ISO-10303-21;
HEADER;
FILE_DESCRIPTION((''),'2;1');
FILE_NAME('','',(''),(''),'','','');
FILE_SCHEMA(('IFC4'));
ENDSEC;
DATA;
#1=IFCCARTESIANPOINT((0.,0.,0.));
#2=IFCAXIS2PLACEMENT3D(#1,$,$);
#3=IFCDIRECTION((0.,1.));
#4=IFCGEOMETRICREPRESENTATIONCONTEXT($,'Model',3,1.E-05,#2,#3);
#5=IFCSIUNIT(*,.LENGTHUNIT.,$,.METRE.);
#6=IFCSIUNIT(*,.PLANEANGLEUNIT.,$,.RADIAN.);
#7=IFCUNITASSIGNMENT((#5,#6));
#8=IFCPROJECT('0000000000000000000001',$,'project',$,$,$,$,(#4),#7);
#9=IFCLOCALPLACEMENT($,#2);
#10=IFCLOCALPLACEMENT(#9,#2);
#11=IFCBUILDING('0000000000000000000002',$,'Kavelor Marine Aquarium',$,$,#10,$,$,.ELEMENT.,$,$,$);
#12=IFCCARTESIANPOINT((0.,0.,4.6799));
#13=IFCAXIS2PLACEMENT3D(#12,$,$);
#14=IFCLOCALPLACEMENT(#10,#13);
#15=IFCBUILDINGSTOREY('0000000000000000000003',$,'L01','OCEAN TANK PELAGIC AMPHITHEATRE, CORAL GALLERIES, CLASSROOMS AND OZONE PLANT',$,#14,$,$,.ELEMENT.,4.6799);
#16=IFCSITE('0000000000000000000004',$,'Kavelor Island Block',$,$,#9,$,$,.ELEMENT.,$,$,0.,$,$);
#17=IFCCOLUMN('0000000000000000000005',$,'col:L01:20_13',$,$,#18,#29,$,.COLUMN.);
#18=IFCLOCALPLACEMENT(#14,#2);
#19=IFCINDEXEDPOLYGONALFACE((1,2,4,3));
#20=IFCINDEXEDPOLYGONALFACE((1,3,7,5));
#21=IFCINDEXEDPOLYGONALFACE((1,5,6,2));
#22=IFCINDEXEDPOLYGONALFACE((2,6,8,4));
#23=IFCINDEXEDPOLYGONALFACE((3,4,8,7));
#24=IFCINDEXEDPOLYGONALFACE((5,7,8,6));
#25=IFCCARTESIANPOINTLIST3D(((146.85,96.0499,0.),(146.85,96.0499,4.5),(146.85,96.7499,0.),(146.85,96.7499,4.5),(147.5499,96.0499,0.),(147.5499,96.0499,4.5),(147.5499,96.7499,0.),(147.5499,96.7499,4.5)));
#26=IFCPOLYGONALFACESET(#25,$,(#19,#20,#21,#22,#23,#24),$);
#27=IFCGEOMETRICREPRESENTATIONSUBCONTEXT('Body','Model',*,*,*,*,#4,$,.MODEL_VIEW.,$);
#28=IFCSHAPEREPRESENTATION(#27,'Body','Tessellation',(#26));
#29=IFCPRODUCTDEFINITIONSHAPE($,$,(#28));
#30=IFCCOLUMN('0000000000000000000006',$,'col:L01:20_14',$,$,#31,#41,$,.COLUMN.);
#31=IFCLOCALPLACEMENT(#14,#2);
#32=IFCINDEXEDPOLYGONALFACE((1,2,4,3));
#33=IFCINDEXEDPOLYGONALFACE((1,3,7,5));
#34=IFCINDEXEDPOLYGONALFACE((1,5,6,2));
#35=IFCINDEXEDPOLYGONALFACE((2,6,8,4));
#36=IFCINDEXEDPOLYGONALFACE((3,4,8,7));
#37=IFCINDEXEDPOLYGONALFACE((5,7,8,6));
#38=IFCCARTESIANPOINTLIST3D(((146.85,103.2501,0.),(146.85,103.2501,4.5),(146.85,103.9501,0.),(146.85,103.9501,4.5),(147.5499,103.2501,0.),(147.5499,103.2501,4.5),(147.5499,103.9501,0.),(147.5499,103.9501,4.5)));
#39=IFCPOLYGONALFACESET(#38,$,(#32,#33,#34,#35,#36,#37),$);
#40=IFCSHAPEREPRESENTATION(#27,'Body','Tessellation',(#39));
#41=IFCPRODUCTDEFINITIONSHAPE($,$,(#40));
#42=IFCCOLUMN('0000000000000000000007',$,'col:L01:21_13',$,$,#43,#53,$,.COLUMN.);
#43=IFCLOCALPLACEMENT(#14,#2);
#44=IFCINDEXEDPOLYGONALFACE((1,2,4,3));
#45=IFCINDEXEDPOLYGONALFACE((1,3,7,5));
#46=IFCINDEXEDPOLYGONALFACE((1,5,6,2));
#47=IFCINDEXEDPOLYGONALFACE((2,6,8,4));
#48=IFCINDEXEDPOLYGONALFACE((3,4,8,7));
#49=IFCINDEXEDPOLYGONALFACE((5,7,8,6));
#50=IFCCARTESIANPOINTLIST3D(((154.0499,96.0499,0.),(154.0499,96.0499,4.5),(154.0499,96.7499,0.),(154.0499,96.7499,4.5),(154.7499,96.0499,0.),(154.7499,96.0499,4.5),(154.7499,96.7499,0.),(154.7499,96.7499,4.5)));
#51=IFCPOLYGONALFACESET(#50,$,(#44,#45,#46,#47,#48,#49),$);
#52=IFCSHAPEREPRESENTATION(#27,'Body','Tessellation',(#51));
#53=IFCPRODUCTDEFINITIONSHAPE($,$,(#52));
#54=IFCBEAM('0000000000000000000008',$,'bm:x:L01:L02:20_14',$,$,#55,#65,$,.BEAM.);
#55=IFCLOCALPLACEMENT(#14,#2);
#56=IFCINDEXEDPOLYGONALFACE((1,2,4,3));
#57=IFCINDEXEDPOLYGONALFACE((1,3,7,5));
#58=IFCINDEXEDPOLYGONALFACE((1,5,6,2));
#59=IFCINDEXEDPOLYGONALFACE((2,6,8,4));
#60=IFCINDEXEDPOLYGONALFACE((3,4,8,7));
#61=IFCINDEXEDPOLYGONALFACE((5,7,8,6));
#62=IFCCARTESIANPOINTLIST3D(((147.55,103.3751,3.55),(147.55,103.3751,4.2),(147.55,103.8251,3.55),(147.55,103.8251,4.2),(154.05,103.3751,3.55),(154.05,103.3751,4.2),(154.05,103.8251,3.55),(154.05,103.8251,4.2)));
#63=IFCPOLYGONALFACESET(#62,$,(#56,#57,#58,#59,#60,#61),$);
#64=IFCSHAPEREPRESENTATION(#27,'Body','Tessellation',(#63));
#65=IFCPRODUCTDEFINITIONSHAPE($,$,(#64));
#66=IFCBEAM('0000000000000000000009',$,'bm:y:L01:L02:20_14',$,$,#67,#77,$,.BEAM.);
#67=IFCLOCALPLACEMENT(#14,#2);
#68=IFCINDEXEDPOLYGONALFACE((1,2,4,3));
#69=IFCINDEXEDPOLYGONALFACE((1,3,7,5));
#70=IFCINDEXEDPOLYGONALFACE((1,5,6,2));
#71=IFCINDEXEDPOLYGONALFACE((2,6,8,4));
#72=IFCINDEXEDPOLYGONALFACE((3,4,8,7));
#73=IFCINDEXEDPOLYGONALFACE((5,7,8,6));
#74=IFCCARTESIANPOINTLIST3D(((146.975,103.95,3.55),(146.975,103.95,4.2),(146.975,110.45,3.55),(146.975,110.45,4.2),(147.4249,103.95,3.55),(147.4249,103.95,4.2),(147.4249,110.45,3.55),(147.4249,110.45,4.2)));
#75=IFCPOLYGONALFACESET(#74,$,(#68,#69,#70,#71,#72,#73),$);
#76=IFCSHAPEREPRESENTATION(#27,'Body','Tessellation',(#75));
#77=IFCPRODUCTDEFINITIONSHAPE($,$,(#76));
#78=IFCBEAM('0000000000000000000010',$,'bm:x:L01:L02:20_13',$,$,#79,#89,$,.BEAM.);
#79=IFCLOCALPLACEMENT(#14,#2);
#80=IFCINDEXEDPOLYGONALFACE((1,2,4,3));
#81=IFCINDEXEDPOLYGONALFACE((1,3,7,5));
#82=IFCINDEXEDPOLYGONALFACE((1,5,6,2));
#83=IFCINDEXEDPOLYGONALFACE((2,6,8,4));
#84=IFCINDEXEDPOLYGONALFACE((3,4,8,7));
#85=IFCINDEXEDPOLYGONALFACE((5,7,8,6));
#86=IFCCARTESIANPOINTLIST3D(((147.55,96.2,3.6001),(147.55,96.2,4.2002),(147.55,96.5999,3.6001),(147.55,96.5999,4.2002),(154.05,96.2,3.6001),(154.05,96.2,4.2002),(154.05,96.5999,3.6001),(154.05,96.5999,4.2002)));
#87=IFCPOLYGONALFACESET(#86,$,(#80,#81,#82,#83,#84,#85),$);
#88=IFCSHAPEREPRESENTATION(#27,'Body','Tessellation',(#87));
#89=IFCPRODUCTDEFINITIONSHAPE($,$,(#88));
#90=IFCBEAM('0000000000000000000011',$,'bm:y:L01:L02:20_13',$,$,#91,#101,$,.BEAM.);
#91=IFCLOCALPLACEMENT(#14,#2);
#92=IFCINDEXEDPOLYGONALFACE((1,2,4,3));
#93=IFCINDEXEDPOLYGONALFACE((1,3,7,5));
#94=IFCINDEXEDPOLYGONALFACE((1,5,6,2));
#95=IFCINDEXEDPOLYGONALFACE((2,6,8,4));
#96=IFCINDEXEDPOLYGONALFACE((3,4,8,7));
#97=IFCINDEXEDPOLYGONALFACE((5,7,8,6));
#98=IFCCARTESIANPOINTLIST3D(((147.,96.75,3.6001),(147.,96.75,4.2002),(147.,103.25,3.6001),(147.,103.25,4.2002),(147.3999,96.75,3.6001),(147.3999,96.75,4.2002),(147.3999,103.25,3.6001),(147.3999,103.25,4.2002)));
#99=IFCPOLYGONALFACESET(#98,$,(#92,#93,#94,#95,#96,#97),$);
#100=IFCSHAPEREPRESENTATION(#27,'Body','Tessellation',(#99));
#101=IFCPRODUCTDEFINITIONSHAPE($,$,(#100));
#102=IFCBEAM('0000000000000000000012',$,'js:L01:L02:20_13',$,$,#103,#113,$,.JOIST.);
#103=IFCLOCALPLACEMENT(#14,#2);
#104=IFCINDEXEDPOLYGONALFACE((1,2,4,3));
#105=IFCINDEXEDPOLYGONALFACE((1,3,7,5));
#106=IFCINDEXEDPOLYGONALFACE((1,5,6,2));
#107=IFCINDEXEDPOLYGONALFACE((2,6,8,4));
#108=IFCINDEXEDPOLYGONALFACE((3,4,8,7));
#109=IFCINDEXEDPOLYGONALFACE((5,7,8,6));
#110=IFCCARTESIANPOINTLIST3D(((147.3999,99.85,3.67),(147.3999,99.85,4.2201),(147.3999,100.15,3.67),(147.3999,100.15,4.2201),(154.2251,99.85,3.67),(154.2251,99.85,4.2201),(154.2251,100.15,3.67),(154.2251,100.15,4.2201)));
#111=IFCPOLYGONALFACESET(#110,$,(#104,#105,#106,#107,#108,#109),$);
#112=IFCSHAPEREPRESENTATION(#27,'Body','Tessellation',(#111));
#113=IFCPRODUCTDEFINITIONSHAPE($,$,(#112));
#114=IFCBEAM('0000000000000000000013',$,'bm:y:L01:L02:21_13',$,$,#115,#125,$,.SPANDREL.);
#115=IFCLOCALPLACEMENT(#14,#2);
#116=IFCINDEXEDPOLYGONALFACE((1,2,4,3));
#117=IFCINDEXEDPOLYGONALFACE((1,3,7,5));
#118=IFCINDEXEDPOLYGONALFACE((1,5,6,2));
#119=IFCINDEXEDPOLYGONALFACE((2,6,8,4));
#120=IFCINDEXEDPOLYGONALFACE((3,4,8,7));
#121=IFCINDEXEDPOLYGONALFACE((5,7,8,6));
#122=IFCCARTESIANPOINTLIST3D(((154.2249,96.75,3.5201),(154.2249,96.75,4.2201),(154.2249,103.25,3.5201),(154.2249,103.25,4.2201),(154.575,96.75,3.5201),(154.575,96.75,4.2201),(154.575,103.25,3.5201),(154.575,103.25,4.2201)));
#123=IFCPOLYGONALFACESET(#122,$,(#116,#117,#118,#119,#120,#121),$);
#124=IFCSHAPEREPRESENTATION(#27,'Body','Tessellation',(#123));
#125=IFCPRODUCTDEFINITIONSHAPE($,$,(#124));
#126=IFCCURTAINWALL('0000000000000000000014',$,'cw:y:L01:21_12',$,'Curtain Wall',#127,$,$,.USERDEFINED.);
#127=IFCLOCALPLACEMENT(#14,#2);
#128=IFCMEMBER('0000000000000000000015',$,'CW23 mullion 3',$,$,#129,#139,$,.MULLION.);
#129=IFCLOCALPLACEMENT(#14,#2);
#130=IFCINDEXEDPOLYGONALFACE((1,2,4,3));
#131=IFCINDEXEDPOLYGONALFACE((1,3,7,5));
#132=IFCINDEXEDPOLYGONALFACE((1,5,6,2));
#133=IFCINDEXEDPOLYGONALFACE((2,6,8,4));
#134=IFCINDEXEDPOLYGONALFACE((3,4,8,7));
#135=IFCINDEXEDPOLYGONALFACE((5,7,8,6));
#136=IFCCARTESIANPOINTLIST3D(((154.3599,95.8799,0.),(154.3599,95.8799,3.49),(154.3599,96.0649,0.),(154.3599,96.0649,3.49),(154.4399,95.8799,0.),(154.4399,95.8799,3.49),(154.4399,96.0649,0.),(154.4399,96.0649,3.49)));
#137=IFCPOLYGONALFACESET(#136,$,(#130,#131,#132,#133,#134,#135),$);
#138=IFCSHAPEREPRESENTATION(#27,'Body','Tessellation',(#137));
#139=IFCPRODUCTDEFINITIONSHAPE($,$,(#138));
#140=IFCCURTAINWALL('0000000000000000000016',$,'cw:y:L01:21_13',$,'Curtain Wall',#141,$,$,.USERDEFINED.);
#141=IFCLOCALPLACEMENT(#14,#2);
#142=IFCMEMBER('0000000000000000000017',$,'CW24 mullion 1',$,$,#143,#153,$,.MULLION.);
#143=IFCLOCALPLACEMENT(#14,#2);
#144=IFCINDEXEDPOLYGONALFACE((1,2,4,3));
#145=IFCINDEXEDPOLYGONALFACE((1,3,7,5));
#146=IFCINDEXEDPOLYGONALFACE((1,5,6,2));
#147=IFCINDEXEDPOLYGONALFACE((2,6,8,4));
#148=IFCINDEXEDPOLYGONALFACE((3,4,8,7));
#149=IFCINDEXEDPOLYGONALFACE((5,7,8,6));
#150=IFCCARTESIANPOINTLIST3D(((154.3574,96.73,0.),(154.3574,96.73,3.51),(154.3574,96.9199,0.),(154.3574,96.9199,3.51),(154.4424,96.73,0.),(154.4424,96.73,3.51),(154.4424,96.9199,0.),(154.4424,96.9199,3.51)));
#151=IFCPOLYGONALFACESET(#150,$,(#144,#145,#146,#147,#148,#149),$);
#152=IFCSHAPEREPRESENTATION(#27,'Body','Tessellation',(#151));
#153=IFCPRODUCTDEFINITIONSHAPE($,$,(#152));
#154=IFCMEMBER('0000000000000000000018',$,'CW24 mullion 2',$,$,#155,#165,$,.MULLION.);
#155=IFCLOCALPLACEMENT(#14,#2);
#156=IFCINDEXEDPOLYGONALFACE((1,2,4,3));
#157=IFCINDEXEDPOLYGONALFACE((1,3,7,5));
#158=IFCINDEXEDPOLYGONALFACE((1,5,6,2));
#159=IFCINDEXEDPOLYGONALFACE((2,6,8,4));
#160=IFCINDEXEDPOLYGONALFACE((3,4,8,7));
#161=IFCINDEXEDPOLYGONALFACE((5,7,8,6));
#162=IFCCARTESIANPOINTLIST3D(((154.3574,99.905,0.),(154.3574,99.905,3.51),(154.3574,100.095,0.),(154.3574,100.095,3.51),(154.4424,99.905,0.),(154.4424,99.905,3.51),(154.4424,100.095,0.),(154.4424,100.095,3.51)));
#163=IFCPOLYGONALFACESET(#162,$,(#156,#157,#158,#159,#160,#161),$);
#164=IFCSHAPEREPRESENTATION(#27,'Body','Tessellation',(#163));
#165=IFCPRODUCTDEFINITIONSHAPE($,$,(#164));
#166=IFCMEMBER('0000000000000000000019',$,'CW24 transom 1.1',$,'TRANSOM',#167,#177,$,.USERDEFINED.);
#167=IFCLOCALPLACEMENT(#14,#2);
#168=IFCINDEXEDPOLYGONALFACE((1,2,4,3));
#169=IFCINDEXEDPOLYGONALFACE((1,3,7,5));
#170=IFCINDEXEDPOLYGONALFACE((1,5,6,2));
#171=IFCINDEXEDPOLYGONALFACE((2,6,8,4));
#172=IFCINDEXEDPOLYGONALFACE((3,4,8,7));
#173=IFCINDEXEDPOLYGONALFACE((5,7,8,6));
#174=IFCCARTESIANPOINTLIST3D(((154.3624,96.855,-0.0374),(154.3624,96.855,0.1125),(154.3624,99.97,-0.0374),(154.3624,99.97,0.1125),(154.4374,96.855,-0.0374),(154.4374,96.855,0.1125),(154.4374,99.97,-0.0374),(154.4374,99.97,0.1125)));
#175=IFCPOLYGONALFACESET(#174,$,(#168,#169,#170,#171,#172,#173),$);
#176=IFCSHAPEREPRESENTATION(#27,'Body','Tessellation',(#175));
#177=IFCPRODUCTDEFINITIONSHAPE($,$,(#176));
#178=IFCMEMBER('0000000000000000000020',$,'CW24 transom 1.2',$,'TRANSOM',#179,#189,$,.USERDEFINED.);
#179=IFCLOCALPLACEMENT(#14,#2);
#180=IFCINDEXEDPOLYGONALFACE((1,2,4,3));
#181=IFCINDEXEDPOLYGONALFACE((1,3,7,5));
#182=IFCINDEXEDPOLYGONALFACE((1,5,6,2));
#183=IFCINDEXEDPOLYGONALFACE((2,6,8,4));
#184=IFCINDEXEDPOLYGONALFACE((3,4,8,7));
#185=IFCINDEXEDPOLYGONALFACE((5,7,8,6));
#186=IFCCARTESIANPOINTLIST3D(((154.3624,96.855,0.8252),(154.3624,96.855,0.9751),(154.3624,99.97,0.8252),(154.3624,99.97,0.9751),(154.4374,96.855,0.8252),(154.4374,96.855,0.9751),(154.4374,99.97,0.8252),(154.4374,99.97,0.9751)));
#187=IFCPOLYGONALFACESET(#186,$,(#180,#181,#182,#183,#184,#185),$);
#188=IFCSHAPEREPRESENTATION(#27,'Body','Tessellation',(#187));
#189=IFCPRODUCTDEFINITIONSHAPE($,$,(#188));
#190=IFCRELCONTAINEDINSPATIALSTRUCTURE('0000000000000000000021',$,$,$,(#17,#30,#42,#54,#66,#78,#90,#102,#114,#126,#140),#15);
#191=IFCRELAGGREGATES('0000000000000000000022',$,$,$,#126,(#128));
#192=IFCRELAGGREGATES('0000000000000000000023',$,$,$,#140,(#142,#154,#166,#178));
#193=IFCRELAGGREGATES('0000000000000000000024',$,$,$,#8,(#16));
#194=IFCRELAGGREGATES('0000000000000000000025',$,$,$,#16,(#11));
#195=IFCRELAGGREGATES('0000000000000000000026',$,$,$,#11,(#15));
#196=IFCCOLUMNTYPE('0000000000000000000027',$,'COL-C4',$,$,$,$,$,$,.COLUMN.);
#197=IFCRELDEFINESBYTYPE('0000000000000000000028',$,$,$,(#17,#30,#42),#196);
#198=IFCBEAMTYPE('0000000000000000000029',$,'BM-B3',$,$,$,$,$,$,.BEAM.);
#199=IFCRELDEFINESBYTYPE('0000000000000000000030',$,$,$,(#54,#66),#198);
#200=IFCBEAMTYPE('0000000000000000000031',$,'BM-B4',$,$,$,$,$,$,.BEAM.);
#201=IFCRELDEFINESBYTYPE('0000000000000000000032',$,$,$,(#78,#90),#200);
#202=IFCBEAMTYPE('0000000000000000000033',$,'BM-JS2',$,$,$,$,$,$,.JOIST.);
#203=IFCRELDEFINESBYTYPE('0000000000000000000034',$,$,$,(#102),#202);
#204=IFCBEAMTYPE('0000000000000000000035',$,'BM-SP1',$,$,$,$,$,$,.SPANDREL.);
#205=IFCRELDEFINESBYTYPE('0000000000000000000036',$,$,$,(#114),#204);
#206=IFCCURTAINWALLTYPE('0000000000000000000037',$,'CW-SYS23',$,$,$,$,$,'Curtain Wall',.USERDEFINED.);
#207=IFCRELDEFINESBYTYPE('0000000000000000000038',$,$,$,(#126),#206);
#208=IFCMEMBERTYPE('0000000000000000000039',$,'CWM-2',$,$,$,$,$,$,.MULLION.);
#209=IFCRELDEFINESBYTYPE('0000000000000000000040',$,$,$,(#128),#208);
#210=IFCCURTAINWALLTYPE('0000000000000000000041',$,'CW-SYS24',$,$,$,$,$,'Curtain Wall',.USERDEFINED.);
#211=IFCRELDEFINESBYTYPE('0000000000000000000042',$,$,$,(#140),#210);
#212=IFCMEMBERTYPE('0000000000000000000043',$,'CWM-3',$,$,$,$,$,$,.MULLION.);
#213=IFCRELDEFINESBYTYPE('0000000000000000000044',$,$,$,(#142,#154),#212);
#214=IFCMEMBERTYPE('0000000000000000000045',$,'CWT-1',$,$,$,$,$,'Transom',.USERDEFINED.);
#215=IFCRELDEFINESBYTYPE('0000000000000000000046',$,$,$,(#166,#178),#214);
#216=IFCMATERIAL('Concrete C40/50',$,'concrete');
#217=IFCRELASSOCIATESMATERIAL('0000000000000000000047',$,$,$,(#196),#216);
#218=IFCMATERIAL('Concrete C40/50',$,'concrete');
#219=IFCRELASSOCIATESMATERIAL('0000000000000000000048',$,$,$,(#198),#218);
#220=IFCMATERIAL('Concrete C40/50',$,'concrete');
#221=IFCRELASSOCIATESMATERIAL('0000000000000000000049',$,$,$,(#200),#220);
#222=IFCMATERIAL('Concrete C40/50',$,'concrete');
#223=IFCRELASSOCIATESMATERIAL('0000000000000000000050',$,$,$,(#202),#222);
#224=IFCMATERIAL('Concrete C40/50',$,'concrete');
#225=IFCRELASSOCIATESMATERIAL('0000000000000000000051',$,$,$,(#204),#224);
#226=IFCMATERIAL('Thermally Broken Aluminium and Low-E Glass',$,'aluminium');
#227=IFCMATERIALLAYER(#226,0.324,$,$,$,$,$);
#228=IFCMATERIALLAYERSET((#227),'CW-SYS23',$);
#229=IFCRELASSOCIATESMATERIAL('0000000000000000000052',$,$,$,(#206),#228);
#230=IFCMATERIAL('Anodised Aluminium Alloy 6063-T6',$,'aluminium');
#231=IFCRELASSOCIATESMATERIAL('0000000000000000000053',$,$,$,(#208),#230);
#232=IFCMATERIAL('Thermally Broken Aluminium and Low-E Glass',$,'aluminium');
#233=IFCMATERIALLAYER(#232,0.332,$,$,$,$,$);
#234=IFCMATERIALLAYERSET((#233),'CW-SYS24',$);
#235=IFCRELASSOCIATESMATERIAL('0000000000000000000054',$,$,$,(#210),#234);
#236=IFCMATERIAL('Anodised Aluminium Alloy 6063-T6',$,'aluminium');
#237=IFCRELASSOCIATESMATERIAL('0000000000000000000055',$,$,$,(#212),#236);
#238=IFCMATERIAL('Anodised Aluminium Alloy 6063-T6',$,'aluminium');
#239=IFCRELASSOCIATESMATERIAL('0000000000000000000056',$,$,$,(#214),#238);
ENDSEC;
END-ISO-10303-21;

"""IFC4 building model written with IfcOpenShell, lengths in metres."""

from ifc_helpers import new_model, si_unit, direction, frame, origin, origin_2d, place, context, subcontext, project, spatial, rectangle, extrude, material, layer, layer_set, material_profile, profile_set, type_object, element, aggregate, save


model = new_model("IFC4")

# Units and contexts
model_context = context("Model", 3, precision=1e-05, world=origin(), true_north=direction((0.0, 1.0)))
body_context = subcontext(model_context, "Body", "Model", "MODEL_VIEW")
ifc_project = project(units=[si_unit("LENGTHUNIT", "METRE"), si_unit("PLANEANGLEUNIT", "RADIAN")], contexts=[model_context])

# Site, building, storey
site_placement = place(None, origin())
site = spatial("IfcSite", under=ifc_project, at=site_placement, Name="Kavelor Island Block", CompositionType="ELEMENT", RefElevation=0.0)
building_placement = place(site_placement, origin())
building = spatial("IfcBuilding", under=site, at=building_placement, Name="Kavelor Marine Aquarium", CompositionType="ELEMENT")
storey_placement = place(building_placement, frame((0.0, 0.0, 4.6799)))
storey = spatial("IfcBuildingStorey", under=building, at=storey_placement, Name="L01", Description="OCEAN TANK PELAGIC AMPHITHEATRE, CORAL GALLERIES, CLASSROOMS AND OZONE PLANT", CompositionType="ELEMENT", Elevation=4.6799)

# Columns
ifc_material_1 = material(Name="Concrete C40/50", Category="concrete")
ifc_material_profile_1 = material_profile(ifc_material_1, rectangle(XDim=0.7, YDim=0.7, at=origin_2d()), Name="RC-COL 700x700")
ifc_profile_set_1 = profile_set([ifc_material_profile_1], Name="Concrete C40/50")
column_type = type_object("IfcColumnType", Name="COL-C4", PredefinedType="COLUMN", material=ifc_profile_set_1)
for number, where, z_axis, x_axis, name in (
    (1, (147.2, 96.3999, 0.0), (0.0, 0.0, 1.0), (1.0, 0.0, 0.0), "col:L01:20_13"),
    (2, (147.2, 103.6001, 0.0), (0.0, 0.0, 1.0), (1.0, 0.0, 0.0), "col:L01:20_14"),
    (3, (154.3999, 96.3999, 0.0), (0.0, 0.0, 1.0), (1.0, 0.0, 0.0), "col:L01:21_13"),
):
    element("IfcColumn", number, at=place(storey_placement, frame(where, z_axis=z_axis, x_axis=x_axis)), inside=storey, type_object=column_type, Name=name, PredefinedType="COLUMN", context=body_context, shape_type="SweptSolid", body=[
        extrude(rectangle(XDim=0.7, YDim=0.7, at=origin_2d()), origin(), (0.0, 0.0, 1.0), 4.5),
    ])

# Beams
ifc_material_2 = material(Name="Concrete C40/50", Category="concrete")
ifc_material_profile_2 = material_profile(ifc_material_2, rectangle(XDim=0.45, YDim=0.6499, at=origin_2d()), Name="RC-BM 450x650")
ifc_profile_set_2 = profile_set([ifc_material_profile_2], Name="Concrete C40/50")
beam_type_1 = type_object("IfcBeamType", Name="BM-B3", PredefinedType="BEAM", material=ifc_profile_set_2)
for number, where, z_axis, x_axis, name in (
    (4, (147.55, 103.6001, 3.875), (1.0, 0.0, 0.0), (0.0, 1.0, 0.0), "bm:x:L01:L02:20_14"),
    (5, (147.2, 103.95, 3.875), (0.0, 1.0, 0.0), (-1.0, 0.0, 0.0), "bm:y:L01:L02:20_14"),
):
    element("IfcBeam", number, at=place(storey_placement, frame(where, z_axis=z_axis, x_axis=x_axis)), inside=storey, type_object=beam_type_1, Name=name, PredefinedType="BEAM", context=body_context, shape_type="SweptSolid", body=[
        extrude(rectangle(XDim=0.45, YDim=0.6499, at=origin_2d()), origin(), (0.0, 0.0, 1.0), 6.5),
    ])
ifc_material_3 = material(Name="Concrete C40/50", Category="concrete")
ifc_material_profile_3 = material_profile(ifc_material_3, rectangle(XDim=0.3999, YDim=0.6001, at=origin_2d()), Name="RC-BM 400x600")
ifc_profile_set_3 = profile_set([ifc_material_profile_3], Name="Concrete C40/50")
beam_type_2 = type_object("IfcBeamType", Name="BM-B4", PredefinedType="BEAM", material=ifc_profile_set_3)
for number, where, z_axis, x_axis, name in (
    (6, (147.55, 96.3999, 3.9001), (1.0, 0.0, 0.0), (0.0, 1.0, 0.0), "bm:x:L01:L02:20_13"),
    (7, (147.2, 96.75, 3.9001), (0.0, 1.0, 0.0), (-1.0, 0.0, 0.0), "bm:y:L01:L02:20_13"),
):
    element("IfcBeam", number, at=place(storey_placement, frame(where, z_axis=z_axis, x_axis=x_axis)), inside=storey, type_object=beam_type_2, Name=name, PredefinedType="BEAM", context=body_context, shape_type="SweptSolid", body=[
        extrude(rectangle(XDim=0.3999, YDim=0.6001, at=origin_2d()), origin(), (0.0, 0.0, 1.0), 6.5),
    ])
ifc_material_4 = material(Name="Concrete C40/50", Category="concrete")
ifc_material_profile_4 = material_profile(ifc_material_4, rectangle(XDim=0.3, YDim=0.55, at=origin_2d()), Name="RC-JS 300x550")
ifc_profile_set_4 = profile_set([ifc_material_profile_4], Name="Concrete C40/50")
beam_type_3 = type_object("IfcBeamType", Name="BM-JS2", PredefinedType="JOIST", material=ifc_profile_set_4)
beam_1_placement = place(storey_placement, frame((147.3999, 100.0, 3.9451), z_axis=(1.0, 0.0, 0.0), x_axis=(0.0, 1.0, 0.0)))
element("IfcBeam", 8, at=beam_1_placement, inside=storey, type_object=beam_type_3, Name="js:L01:L02:20_13", PredefinedType="JOIST", context=body_context, shape_type="SweptSolid", body=[
    extrude(rectangle(XDim=0.3, YDim=0.55, at=origin_2d()), origin(), (0.0, 0.0, 1.0), 6.8252),
])
ifc_material_5 = material(Name="Concrete C40/50", Category="concrete")
ifc_material_profile_5 = material_profile(ifc_material_5, rectangle(XDim=0.3501, YDim=0.7, at=origin_2d()), Name="RC-SP 350x700")
ifc_profile_set_5 = profile_set([ifc_material_profile_5], Name="Concrete C40/50")
beam_type_4 = type_object("IfcBeamType", Name="BM-SP1", PredefinedType="SPANDREL", material=ifc_profile_set_5)
beam_2_placement = place(storey_placement, frame((154.3999, 96.75, 3.8701), z_axis=(0.0, 1.0, 0.0), x_axis=(-1.0, 0.0, 0.0)))
element("IfcBeam", 9, at=beam_2_placement, inside=storey, type_object=beam_type_4, Name="bm:y:L01:L02:21_13", PredefinedType="SPANDREL", context=body_context, shape_type="SweptSolid", body=[
    extrude(rectangle(XDim=0.3501, YDim=0.7, at=origin_2d()), origin(), (0.0, 0.0, 1.0), 6.5),
])

# Curtain wall, member
ifc_material_6 = material(Name="Thermally Broken Aluminium and Low-E Glass", Category="aluminium")
ifc_layer_1 = layer(ifc_material_6, 0.324)
ifc_layer_set_1 = layer_set([ifc_layer_1], Name="CW-SYS23")
curtain_wall_type_1 = type_object("IfcCurtainWallType", Name="CW-SYS23", ElementType="Curtain Wall", PredefinedType="USERDEFINED", material=ifc_layer_set_1)
curtain_wall_1_placement = place(storey_placement, origin())
curtain_wall_1 = element("IfcCurtainWall", 10, at=curtain_wall_1_placement, inside=storey, type_object=curtain_wall_type_1, Name="cw:y:L01:21_12", ObjectType="Curtain Wall", PredefinedType="USERDEFINED")
ifc_material_7 = material(Name="Anodised Aluminium Alloy 6063-T6", Category="aluminium")
ifc_material_profile_6 = material_profile(ifc_material_7, rectangle(XDim=0.0801, YDim=0.1851, at=origin_2d()), Name="CW-MUL 80x185")
ifc_profile_set_6 = profile_set([ifc_material_profile_6], Name="Anodised Aluminium Alloy 6063-T6")
member_type_1 = type_object("IfcMemberType", Name="CWM-2", PredefinedType="MULLION", material=ifc_profile_set_6)
member_1_placement = place(storey_placement, frame((154.3999, 95.9724, 0.0), z_axis=(0.0, 0.0, 1.0), x_axis=(-1.0, 0.0, 0.0)))
member_1 = element("IfcMember", 11, at=member_1_placement, type_object=member_type_1, Name="CW23 mullion 3", PredefinedType="MULLION", context=body_context, shape_type="SweptSolid", body=[
    extrude(rectangle(XDim=0.0801, YDim=0.1851, at=origin_2d()), origin(), (0.0, 0.0, 1.0), 3.49),
])

# Curtain wall, members
ifc_material_8 = material(Name="Thermally Broken Aluminium and Low-E Glass", Category="aluminium")
ifc_layer_2 = layer(ifc_material_8, 0.332)
ifc_layer_set_2 = layer_set([ifc_layer_2], Name="CW-SYS24")
curtain_wall_type_2 = type_object("IfcCurtainWallType", Name="CW-SYS24", ElementType="Curtain Wall", PredefinedType="USERDEFINED", material=ifc_layer_set_2)
curtain_wall_2_placement = place(storey_placement, origin())
curtain_wall_2 = element("IfcCurtainWall", 12, at=curtain_wall_2_placement, inside=storey, type_object=curtain_wall_type_2, Name="cw:y:L01:21_13", ObjectType="Curtain Wall", PredefinedType="USERDEFINED")
ifc_material_9 = material(Name="Anodised Aluminium Alloy 6063-T6", Category="aluminium")
ifc_material_profile_7 = material_profile(ifc_material_9, rectangle(XDim=0.085, YDim=0.1899, at=origin_2d()), Name="CW-MUL 85x190")
ifc_profile_set_7 = profile_set([ifc_material_profile_7], Name="Anodised Aluminium Alloy 6063-T6")
member_type_2 = type_object("IfcMemberType", Name="CWM-3", PredefinedType="MULLION", material=ifc_profile_set_7)
member_2_placement = place(storey_placement, frame((154.3999, 96.825, 0.0), z_axis=(0.0, 0.0, 1.0), x_axis=(-1.0, 0.0, 0.0)))
member_2 = element("IfcMember", 13, at=member_2_placement, type_object=member_type_2, Name="CW24 mullion 1", PredefinedType="MULLION", context=body_context, shape_type="SweptSolid", body=[
    extrude(rectangle(XDim=0.085, YDim=0.1899, at=origin_2d()), origin(), (0.0, 0.0, 1.0), 3.51),
])
member_3_placement = place(storey_placement, frame((154.3999, 100.0, 0.0), z_axis=(0.0, 0.0, 1.0), x_axis=(-1.0, 0.0, 0.0)))
member_3 = element("IfcMember", 14, at=member_3_placement, type_object=member_type_2, Name="CW24 mullion 2", PredefinedType="MULLION", context=body_context, shape_type="SweptSolid", body=[
    extrude(rectangle(XDim=0.085, YDim=0.1899, at=origin_2d()), origin(), (0.0, 0.0, 1.0), 3.51),
])
ifc_material_10 = material(Name="Anodised Aluminium Alloy 6063-T6", Category="aluminium")
ifc_material_profile_8 = material_profile(ifc_material_10, rectangle(XDim=0.075, YDim=0.1499, at=origin_2d()), Name="CW-TRN 75x150")
ifc_profile_set_8 = profile_set([ifc_material_profile_8], Name="Anodised Aluminium Alloy 6063-T6")
member_type_3 = type_object("IfcMemberType", Name="CWT-1", ElementType="Transom", PredefinedType="USERDEFINED", material=ifc_profile_set_8)
member_4_placement = place(storey_placement, frame((154.3999, 96.855, 0.0376), z_axis=(0.0, 1.0, 0.0), x_axis=(-1.0, 0.0, 0.0)))
member_4 = element("IfcMember", 15, at=member_4_placement, type_object=member_type_3, Name="CW24 transom 1.1", ObjectType="TRANSOM", PredefinedType="USERDEFINED", context=body_context, shape_type="SweptSolid", body=[
    extrude(rectangle(XDim=0.075, YDim=0.1499, at=origin_2d()), origin(), (0.0, 0.0, 1.0), 3.115),
])
member_5_placement = place(storey_placement, frame((154.3999, 96.855, 0.9001), z_axis=(0.0, 1.0, 0.0), x_axis=(-1.0, 0.0, 0.0)))
member_5 = element("IfcMember", 16, at=member_5_placement, type_object=member_type_3, Name="CW24 transom 1.2", ObjectType="TRANSOM", PredefinedType="USERDEFINED", context=body_context, shape_type="SweptSolid", body=[
    extrude(rectangle(XDim=0.075, YDim=0.1499, at=origin_2d()), origin(), (0.0, 0.0, 1.0), 3.115),
])

aggregate(curtain_wall_1, [member_1])
aggregate(curtain_wall_2, [member_2, member_3, member_4, member_5])

save(model, "model.ifc")
